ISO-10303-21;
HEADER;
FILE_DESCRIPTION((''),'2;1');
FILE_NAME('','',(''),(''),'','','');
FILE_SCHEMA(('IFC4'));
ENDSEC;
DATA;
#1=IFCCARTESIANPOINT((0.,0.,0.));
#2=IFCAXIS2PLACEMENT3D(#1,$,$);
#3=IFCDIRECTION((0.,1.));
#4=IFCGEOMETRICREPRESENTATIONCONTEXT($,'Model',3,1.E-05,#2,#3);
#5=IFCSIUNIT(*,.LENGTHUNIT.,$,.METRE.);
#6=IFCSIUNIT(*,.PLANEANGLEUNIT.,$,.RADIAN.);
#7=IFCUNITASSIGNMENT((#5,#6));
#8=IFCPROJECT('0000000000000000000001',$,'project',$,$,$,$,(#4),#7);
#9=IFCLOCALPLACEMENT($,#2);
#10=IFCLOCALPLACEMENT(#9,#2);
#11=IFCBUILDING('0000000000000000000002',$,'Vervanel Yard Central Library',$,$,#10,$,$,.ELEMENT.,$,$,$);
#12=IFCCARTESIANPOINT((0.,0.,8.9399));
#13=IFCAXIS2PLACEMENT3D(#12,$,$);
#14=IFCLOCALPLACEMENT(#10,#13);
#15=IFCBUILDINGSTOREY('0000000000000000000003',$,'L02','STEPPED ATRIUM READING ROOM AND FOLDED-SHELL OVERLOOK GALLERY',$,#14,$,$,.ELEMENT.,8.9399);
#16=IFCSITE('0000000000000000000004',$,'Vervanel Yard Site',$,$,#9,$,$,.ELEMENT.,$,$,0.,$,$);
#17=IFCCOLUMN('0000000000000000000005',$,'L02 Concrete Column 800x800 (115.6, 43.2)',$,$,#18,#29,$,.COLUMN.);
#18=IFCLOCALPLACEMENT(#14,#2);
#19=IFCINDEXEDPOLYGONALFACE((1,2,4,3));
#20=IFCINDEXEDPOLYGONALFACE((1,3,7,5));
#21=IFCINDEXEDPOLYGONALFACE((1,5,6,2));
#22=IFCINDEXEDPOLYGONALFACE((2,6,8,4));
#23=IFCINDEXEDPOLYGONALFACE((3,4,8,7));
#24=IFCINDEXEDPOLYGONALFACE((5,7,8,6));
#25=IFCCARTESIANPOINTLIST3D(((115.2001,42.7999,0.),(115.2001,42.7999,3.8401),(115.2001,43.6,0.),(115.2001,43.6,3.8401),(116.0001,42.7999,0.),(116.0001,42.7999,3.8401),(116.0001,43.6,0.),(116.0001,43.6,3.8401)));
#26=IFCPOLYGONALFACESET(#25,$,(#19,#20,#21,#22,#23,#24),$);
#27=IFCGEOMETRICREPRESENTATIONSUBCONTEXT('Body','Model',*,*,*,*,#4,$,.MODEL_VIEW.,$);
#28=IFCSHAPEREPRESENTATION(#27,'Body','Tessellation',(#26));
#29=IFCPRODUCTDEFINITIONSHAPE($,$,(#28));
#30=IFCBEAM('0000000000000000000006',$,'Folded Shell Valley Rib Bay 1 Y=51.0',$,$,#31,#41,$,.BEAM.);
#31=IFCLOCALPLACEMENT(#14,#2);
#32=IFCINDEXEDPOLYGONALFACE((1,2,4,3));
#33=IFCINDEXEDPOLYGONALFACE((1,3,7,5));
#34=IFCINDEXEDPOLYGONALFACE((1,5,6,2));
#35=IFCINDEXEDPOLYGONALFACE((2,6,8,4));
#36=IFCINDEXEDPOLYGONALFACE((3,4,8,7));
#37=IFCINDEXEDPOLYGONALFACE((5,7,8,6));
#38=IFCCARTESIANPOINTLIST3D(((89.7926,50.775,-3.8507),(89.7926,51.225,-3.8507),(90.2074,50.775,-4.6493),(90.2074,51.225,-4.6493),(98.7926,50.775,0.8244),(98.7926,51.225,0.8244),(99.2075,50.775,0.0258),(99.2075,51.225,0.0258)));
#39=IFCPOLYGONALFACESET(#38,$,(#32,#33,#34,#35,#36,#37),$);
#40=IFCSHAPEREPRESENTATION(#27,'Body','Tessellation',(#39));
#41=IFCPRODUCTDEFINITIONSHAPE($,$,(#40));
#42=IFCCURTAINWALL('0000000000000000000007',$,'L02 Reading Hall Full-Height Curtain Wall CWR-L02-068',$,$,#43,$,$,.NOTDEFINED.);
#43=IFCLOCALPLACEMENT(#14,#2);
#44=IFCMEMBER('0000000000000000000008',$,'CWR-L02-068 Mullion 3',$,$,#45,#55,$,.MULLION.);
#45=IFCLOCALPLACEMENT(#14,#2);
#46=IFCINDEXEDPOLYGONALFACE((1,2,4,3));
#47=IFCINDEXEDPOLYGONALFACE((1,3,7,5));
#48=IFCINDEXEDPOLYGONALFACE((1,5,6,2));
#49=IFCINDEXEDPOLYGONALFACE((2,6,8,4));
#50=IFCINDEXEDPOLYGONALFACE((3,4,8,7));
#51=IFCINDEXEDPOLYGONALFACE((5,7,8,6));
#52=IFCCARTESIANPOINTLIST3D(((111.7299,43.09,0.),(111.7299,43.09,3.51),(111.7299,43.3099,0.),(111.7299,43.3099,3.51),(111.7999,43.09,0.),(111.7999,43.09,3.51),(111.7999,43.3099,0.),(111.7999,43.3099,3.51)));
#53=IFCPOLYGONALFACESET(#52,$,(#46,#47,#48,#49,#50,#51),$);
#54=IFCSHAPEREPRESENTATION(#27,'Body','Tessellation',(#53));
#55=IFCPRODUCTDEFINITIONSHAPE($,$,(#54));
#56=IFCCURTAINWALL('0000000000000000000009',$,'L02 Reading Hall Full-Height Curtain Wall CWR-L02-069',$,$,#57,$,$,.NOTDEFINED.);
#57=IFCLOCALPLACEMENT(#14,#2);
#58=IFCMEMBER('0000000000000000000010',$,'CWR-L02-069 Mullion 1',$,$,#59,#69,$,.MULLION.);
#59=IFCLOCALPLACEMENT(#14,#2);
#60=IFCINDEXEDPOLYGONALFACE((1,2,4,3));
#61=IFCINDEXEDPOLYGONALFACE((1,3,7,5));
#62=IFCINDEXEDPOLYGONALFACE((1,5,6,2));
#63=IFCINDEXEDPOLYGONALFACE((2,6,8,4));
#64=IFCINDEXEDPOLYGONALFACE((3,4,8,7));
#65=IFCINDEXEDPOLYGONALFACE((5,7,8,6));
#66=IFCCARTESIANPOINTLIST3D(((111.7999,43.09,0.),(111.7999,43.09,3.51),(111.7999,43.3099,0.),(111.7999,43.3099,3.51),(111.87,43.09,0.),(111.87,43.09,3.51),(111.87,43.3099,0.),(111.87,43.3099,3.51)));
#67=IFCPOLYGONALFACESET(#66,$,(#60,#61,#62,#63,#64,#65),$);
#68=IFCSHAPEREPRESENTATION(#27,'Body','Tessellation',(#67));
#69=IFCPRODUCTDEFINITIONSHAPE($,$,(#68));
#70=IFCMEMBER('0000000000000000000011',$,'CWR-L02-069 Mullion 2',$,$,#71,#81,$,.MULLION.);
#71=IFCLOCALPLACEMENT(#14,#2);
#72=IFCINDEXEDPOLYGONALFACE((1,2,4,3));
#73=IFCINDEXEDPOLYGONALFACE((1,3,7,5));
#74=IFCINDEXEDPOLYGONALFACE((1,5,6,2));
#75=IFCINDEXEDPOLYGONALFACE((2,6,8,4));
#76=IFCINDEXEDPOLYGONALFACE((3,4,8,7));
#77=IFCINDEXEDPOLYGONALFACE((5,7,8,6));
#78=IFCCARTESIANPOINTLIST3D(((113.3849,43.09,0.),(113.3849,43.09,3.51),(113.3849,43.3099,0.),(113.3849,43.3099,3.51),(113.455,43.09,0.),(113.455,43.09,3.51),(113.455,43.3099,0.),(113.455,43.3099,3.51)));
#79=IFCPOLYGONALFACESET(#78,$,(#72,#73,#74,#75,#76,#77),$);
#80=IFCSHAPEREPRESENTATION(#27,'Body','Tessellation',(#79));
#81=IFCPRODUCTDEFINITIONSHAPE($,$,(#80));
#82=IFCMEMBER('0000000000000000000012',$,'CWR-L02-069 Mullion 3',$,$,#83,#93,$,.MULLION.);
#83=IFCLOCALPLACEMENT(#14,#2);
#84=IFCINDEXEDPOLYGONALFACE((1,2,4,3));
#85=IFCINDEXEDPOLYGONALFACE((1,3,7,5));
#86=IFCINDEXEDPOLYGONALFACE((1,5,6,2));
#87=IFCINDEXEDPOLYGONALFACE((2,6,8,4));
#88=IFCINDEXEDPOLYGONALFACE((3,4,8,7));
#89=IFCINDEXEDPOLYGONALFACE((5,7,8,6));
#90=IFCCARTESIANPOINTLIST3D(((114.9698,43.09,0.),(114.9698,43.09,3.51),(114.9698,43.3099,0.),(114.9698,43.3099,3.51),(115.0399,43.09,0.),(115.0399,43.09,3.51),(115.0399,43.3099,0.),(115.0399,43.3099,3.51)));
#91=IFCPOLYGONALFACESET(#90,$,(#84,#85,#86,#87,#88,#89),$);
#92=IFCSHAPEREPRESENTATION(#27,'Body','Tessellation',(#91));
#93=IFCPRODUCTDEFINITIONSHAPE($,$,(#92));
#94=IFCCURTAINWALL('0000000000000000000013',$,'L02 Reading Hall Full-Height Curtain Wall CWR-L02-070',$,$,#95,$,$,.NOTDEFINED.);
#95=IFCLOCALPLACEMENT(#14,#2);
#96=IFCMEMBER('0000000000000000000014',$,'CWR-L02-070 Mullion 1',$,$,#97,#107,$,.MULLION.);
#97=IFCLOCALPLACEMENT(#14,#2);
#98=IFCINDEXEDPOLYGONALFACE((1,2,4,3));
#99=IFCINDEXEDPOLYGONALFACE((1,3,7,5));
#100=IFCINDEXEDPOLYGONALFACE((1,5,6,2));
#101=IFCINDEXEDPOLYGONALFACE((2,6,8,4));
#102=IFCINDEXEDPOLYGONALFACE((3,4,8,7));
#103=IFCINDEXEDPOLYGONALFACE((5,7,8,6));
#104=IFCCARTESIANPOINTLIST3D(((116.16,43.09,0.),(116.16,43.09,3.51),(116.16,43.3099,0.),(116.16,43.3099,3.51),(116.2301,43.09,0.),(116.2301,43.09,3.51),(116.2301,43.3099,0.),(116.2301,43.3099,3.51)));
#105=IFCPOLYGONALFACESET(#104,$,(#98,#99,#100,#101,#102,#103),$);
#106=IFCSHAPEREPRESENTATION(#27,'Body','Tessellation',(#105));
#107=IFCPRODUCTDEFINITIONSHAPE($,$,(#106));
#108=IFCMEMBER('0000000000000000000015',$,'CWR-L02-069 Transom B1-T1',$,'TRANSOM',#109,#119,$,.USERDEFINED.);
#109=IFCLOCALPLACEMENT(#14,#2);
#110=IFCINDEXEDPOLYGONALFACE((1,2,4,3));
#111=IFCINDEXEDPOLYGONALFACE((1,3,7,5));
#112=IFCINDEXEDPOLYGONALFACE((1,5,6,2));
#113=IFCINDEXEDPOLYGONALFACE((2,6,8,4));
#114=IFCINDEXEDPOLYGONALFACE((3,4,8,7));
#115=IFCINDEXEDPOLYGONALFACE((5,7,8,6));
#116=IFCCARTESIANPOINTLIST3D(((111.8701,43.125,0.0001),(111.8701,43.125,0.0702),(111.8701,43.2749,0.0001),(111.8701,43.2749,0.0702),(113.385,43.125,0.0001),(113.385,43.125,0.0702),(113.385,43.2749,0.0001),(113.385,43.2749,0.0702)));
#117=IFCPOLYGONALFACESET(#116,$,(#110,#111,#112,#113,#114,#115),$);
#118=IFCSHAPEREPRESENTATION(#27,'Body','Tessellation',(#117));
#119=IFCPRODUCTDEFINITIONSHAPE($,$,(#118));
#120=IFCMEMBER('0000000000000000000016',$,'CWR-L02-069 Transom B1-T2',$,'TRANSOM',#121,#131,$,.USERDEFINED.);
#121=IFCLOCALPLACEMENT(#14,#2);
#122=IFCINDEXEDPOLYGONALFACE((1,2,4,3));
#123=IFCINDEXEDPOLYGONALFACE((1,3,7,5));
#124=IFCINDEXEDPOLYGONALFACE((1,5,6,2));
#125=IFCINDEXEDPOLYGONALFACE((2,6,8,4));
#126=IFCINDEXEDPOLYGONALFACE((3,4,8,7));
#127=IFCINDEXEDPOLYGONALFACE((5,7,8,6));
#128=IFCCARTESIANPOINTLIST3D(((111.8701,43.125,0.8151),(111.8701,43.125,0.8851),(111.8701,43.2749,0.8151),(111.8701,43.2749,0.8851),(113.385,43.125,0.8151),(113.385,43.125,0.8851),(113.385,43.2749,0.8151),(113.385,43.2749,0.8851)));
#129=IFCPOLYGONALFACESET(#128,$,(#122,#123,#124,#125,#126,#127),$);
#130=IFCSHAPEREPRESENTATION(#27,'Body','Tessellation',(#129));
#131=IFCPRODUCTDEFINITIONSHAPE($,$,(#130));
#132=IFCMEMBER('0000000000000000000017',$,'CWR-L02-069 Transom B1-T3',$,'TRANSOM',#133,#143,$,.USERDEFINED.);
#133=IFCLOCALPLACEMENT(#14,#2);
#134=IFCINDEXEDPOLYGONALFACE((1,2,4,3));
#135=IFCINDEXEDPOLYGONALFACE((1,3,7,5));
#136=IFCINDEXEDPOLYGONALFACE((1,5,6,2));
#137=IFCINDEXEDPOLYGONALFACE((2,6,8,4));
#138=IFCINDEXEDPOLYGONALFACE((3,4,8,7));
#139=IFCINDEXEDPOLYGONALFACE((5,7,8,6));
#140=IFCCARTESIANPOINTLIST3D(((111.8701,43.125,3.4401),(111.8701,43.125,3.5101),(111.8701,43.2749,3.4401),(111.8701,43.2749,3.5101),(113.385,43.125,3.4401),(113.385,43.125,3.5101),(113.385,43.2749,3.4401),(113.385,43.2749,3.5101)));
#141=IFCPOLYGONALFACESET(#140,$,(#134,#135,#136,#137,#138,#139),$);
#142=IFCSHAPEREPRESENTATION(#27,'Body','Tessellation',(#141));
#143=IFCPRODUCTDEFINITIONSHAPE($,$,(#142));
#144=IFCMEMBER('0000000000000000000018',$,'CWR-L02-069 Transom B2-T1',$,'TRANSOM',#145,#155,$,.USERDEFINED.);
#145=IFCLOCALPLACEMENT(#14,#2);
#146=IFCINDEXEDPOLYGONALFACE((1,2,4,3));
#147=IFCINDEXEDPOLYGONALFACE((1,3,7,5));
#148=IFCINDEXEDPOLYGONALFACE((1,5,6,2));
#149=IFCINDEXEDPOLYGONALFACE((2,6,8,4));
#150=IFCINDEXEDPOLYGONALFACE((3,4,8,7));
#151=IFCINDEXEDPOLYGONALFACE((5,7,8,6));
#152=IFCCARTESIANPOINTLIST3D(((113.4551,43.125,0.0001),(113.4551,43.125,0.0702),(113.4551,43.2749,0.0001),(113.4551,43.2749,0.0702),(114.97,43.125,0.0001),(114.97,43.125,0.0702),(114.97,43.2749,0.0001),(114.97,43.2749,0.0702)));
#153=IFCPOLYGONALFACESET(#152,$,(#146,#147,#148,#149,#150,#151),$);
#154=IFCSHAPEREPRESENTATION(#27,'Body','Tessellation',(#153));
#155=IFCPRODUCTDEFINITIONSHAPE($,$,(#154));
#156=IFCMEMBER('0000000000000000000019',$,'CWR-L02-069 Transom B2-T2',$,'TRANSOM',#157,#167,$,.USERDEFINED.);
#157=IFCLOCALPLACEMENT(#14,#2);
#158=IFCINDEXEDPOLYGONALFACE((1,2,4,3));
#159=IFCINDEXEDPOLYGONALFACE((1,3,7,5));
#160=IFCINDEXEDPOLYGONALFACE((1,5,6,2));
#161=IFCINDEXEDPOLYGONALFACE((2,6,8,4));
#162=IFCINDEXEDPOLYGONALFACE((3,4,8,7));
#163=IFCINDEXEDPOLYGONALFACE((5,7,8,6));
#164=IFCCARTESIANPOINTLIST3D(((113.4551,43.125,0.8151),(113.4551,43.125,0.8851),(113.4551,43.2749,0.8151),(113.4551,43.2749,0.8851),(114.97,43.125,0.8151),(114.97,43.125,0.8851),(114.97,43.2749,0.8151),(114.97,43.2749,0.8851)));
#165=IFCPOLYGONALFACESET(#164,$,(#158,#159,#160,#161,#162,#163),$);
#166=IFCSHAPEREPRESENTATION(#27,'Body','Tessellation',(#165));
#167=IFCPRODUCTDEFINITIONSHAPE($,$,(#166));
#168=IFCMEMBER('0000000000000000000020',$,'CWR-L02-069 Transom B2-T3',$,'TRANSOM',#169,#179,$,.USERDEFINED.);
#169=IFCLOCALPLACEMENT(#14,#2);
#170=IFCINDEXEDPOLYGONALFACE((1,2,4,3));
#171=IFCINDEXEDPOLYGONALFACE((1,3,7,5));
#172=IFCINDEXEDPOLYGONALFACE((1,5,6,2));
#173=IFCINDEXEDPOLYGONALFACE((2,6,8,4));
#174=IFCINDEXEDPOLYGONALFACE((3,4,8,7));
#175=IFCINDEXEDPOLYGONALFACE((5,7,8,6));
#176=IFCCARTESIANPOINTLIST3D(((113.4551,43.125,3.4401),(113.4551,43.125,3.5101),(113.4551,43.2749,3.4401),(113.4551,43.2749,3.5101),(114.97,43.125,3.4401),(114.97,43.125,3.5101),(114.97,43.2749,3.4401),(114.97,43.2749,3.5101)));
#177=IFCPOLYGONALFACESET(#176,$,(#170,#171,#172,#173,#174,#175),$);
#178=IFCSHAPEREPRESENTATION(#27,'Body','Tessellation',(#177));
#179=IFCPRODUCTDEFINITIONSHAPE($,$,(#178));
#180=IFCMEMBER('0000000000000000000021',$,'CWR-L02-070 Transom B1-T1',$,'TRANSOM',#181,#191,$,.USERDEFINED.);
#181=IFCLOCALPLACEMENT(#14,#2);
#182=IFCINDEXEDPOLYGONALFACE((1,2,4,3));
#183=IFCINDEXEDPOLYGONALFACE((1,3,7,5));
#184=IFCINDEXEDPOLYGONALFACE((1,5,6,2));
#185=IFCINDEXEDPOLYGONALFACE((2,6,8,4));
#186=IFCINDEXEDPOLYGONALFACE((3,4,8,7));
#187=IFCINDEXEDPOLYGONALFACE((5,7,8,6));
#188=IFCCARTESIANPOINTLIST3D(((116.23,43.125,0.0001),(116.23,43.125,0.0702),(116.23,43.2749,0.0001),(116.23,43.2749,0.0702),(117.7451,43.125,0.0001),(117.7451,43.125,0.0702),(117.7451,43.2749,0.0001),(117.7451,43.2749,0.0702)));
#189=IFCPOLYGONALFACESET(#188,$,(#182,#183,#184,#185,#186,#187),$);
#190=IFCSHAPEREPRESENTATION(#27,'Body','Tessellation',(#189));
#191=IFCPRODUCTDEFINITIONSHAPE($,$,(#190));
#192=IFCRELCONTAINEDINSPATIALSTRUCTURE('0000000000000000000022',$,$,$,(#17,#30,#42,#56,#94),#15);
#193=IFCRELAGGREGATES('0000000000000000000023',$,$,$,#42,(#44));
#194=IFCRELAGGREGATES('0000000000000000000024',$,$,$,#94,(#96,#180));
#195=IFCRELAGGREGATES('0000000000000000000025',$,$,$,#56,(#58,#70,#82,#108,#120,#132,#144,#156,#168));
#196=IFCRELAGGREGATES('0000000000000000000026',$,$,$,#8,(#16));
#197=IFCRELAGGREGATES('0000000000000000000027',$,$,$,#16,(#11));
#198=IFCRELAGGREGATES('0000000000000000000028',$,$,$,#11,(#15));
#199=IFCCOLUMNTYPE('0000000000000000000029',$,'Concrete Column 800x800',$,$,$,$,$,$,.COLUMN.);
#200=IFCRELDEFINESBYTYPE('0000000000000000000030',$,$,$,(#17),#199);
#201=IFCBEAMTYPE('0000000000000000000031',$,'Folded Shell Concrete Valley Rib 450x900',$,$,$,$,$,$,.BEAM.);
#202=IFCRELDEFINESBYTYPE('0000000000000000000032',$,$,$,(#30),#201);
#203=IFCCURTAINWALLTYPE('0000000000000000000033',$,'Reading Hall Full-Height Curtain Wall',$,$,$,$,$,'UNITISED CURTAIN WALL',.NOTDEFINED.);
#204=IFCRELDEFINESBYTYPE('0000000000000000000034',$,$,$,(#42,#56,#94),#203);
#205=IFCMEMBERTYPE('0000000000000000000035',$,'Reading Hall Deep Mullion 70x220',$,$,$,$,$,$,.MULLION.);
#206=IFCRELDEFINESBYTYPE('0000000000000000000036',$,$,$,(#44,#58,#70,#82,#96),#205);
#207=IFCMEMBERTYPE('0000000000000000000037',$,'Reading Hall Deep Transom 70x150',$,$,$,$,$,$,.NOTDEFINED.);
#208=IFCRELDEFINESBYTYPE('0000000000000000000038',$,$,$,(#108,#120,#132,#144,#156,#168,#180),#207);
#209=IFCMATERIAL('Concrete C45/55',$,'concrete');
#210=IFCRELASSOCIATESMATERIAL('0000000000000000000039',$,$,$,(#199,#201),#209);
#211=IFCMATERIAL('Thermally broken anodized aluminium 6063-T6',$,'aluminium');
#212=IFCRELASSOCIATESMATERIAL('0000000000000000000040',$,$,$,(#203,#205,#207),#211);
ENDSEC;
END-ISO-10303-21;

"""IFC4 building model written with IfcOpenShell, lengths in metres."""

from ifc_helpers import new_model, si_unit, direction, frame, origin, origin_2d, place, context, subcontext, project, spatial, rectangle, extrude, material, material_profile, profile_set, type_object, element, aggregate, save


model = new_model("IFC4")

# Units and contexts
model_context = context("Model", 3, precision=1e-05, world=origin(), true_north=direction((0.0, 1.0)))
body_context = subcontext(model_context, "Body", "Model", "MODEL_VIEW")
ifc_project = project(units=[si_unit("LENGTHUNIT", "METRE"), si_unit("PLANEANGLEUNIT", "RADIAN")], contexts=[model_context])

# Site, building, storey
site_placement = place(None, origin())
site = spatial("IfcSite", under=ifc_project, at=site_placement, Name="Vervanel Yard Site", CompositionType="ELEMENT", RefElevation=0.0)
building_placement = place(site_placement, origin())
building = spatial("IfcBuilding", under=site, at=building_placement, Name="Vervanel Yard Central Library", CompositionType="ELEMENT")
storey_placement = place(building_placement, frame((0.0, 0.0, 8.9399)))
storey = spatial("IfcBuildingStorey", under=building, at=storey_placement, Name="L02", Description="STEPPED ATRIUM READING ROOM AND FOLDED-SHELL OVERLOOK GALLERY", CompositionType="ELEMENT", Elevation=8.9399)

# Column
ifc_material_1 = material(Name="Concrete C45/55", Category="concrete")
ifc_material_profile_1 = material_profile(ifc_material_1, rectangle(XDim=0.8, YDim=0.8, at=origin_2d()), Name="RC 800x800", Category="concrete")
ifc_profile_set_1 = profile_set([ifc_material_profile_1], Name="Concrete C45/55")
column_type = type_object("IfcColumnType", Name="Concrete Column 800x800", PredefinedType="COLUMN", material=ifc_profile_set_1)
column_placement = place(storey_placement, frame((115.6001, 43.2, 0.0), z_axis=(0.0, 0.0, 1.0), x_axis=(1.0, 0.0, 0.0)))
element("IfcColumn", 1, at=column_placement, inside=storey, type_object=column_type, Name="L02 Concrete Column 800x800 (115.6, 43.2)", PredefinedType="COLUMN", context=body_context, shape_type="SweptSolid", body=[
    extrude(rectangle(XDim=0.8, YDim=0.8, at=origin_2d()), origin(), (0.0, 0.0, 1.0), 3.8401),
])

# Beam
ifc_material_profile_2 = material_profile(ifc_material_1, rectangle(XDim=0.45, YDim=0.8999, at=origin_2d()), Name="RC 450x900", Category="concrete")
ifc_profile_set_2 = profile_set([ifc_material_profile_2], Name="Concrete C45/55")
beam_type_1 = type_object("IfcBeamType", Name="Folded Shell Concrete Valley Rib 450x900", PredefinedType="BEAM", material=ifc_profile_set_2)
beam_1_placement = place(storey_placement, frame((90.0, 51.0, -4.25), z_axis=(0.887417, 0.0, 0.460968), x_axis=(0.0, 1.0, 0.0)))
element("IfcBeam", 2, at=beam_1_placement, inside=storey, type_object=beam_type_1, Name="Folded Shell Valley Rib Bay 1 Y=51.0", PredefinedType="BEAM", context=body_context, shape_type="SweptSolid", body=[
    extrude(rectangle(XDim=0.45, YDim=0.8999, at=origin_2d()), origin(), (0.0, 0.0, 1.0), 10.1418),
])

# Curtain wall, member
ifc_material_2 = material(Name="Thermally broken anodized aluminium 6063-T6", Category="aluminium")
curtain_wall_type = type_object("IfcCurtainWallType", Name="Reading Hall Full-Height Curtain Wall", ElementType="UNITISED CURTAIN WALL", PredefinedType="NOTDEFINED", material=ifc_material_2)
curtain_wall_1_placement = place(storey_placement, origin())
curtain_wall_1 = element("IfcCurtainWall", 3, at=curtain_wall_1_placement, inside=storey, type_object=curtain_wall_type, Name="L02 Reading Hall Full-Height Curtain Wall CWR-L02-068", PredefinedType="NOTDEFINED")
ifc_material_profile_3 = material_profile(ifc_material_2, rectangle(XDim=0.0701, YDim=0.22, at=origin_2d()), Name="ALU 70x220", Category="aluminium")
ifc_profile_set_3 = profile_set([ifc_material_profile_3], Name="Thermally broken anodized aluminium 6063-T6")
member_type_1 = type_object("IfcMemberType", Name="Reading Hall Deep Mullion 70x220", PredefinedType="MULLION", material=ifc_profile_set_3)
member_1_placement = place(storey_placement, frame((111.7649, 43.2, 0.0), z_axis=(0.0, 0.0, 1.0), x_axis=(1.0, 0.0, 0.0)))
member_1 = element("IfcMember", 4, at=member_1_placement, type_object=member_type_1, Name="CWR-L02-068 Mullion 3", PredefinedType="MULLION", context=body_context, shape_type="SweptSolid", body=[
    extrude(rectangle(XDim=0.0701, YDim=0.22, at=origin_2d()), origin(), (0.0, 0.0, 1.0), 3.51),
])
aggregate(curtain_wall_1, [member_1])

# Curtain wall, members
curtain_wall_2_placement = place(storey_placement, origin())
curtain_wall_2 = element("IfcCurtainWall", 5, at=curtain_wall_2_placement, inside=storey, type_object=curtain_wall_type, Name="L02 Reading Hall Full-Height Curtain Wall CWR-L02-069", PredefinedType="NOTDEFINED")
member_2_placement = place(storey_placement, frame((111.835, 43.2, 0.0), z_axis=(0.0, 0.0, 1.0), x_axis=(1.0, 0.0, 0.0)))
member_2 = element("IfcMember", 6, at=member_2_placement, type_object=member_type_1, Name="CWR-L02-069 Mullion 1", PredefinedType="MULLION", context=body_context, shape_type="SweptSolid", body=[
    extrude(rectangle(XDim=0.0701, YDim=0.22, at=origin_2d()), origin(), (0.0, 0.0, 1.0), 3.51),
])
member_3_placement = place(storey_placement, frame((113.4199, 43.2, 0.0), z_axis=(0.0, 0.0, 1.0), x_axis=(1.0, 0.0, 0.0)))
member_3 = element("IfcMember", 7, at=member_3_placement, type_object=member_type_1, Name="CWR-L02-069 Mullion 2", PredefinedType="MULLION", context=body_context, shape_type="SweptSolid", body=[
    extrude(rectangle(XDim=0.0701, YDim=0.22, at=origin_2d()), origin(), (0.0, 0.0, 1.0), 3.51),
])
member_4_placement = place(storey_placement, frame((115.0049, 43.2, 0.0), z_axis=(0.0, 0.0, 1.0), x_axis=(1.0, 0.0, 0.0)))
member_4 = element("IfcMember", 8, at=member_4_placement, type_object=member_type_1, Name="CWR-L02-069 Mullion 3", PredefinedType="MULLION", context=body_context, shape_type="SweptSolid", body=[
    extrude(rectangle(XDim=0.0701, YDim=0.22, at=origin_2d()), origin(), (0.0, 0.0, 1.0), 3.51),
])

# Curtain wall, member
curtain_wall_3_placement = place(storey_placement, origin())
curtain_wall_3 = element("IfcCurtainWall", 9, at=curtain_wall_3_placement, inside=storey, type_object=curtain_wall_type, Name="L02 Reading Hall Full-Height Curtain Wall CWR-L02-070", PredefinedType="NOTDEFINED")
member_5_placement = place(storey_placement, frame((116.1951, 43.2, 0.0), z_axis=(0.0, 0.0, 1.0), x_axis=(1.0, 0.0, 0.0)))
member_5 = element("IfcMember", 10, at=member_5_placement, type_object=member_type_1, Name="CWR-L02-070 Mullion 1", PredefinedType="MULLION", context=body_context, shape_type="SweptSolid", body=[
    extrude(rectangle(XDim=0.0701, YDim=0.22, at=origin_2d()), origin(), (0.0, 0.0, 1.0), 3.51),
])

# Members
ifc_material_profile_4 = material_profile(ifc_material_2, rectangle(XDim=0.0701, YDim=0.1499, at=origin_2d()), Name="ALU 70x150", Category="aluminium")
ifc_profile_set_4 = profile_set([ifc_material_profile_4], Name="Thermally broken anodized aluminium 6063-T6")
member_type_2 = type_object("IfcMemberType", Name="Reading Hall Deep Transom 70x150", PredefinedType="NOTDEFINED", material=ifc_profile_set_4)
member_6_placement = place(storey_placement, frame((111.8701, 43.2, 0.0352), z_axis=(1.0, 0.0, 0.0), x_axis=(0.0, 0.0, 1.0)))
member_6 = element("IfcMember", 11, at=member_6_placement, type_object=member_type_2, Name="CWR-L02-069 Transom B1-T1", ObjectType="TRANSOM", PredefinedType="USERDEFINED", context=body_context, shape_type="SweptSolid", body=[
    extrude(rectangle(XDim=0.0701, YDim=0.1499, at=origin_2d()), origin(), (0.0, 0.0, 1.0), 1.5149),
])
member_7_placement = place(storey_placement, frame((111.8701, 43.2, 0.8501), z_axis=(1.0, 0.0, 0.0), x_axis=(0.0, 0.0, 1.0)))
member_7 = element("IfcMember", 12, at=member_7_placement, type_object=member_type_2, Name="CWR-L02-069 Transom B1-T2", ObjectType="TRANSOM", PredefinedType="USERDEFINED", context=body_context, shape_type="SweptSolid", body=[
    extrude(rectangle(XDim=0.0701, YDim=0.1499, at=origin_2d()), origin(), (0.0, 0.0, 1.0), 1.5149),
])
member_8_placement = place(storey_placement, frame((111.8701, 43.2, 3.4751), z_axis=(1.0, 0.0, 0.0), x_axis=(0.0, 0.0, 1.0)))
member_8 = element("IfcMember", 13, at=member_8_placement, type_object=member_type_2, Name="CWR-L02-069 Transom B1-T3", ObjectType="TRANSOM", PredefinedType="USERDEFINED", context=body_context, shape_type="SweptSolid", body=[
    extrude(rectangle(XDim=0.0701, YDim=0.1499, at=origin_2d()), origin(), (0.0, 0.0, 1.0), 1.5149),
])
member_9_placement = place(storey_placement, frame((113.4551, 43.2, 0.0352), z_axis=(1.0, 0.0, 0.0), x_axis=(0.0, 0.0, 1.0)))
member_9 = element("IfcMember", 14, at=member_9_placement, type_object=member_type_2, Name="CWR-L02-069 Transom B2-T1", ObjectType="TRANSOM", PredefinedType="USERDEFINED", context=body_context, shape_type="SweptSolid", body=[
    extrude(rectangle(XDim=0.0701, YDim=0.1499, at=origin_2d()), origin(), (0.0, 0.0, 1.0), 1.5149),
])
member_10_placement = place(storey_placement, frame((113.4551, 43.2, 0.8501), z_axis=(1.0, 0.0, 0.0), x_axis=(0.0, 0.0, 1.0)))
member_10 = element("IfcMember", 15, at=member_10_placement, type_object=member_type_2, Name="CWR-L02-069 Transom B2-T2", ObjectType="TRANSOM", PredefinedType="USERDEFINED", context=body_context, shape_type="SweptSolid", body=[
    extrude(rectangle(XDim=0.0701, YDim=0.1499, at=origin_2d()), origin(), (0.0, 0.0, 1.0), 1.5149),
])
member_11_placement = place(storey_placement, frame((113.4551, 43.2, 3.4751), z_axis=(1.0, 0.0, 0.0), x_axis=(0.0, 0.0, 1.0)))
member_11 = element("IfcMember", 16, at=member_11_placement, type_object=member_type_2, Name="CWR-L02-069 Transom B2-T3", ObjectType="TRANSOM", PredefinedType="USERDEFINED", context=body_context, shape_type="SweptSolid", body=[
    extrude(rectangle(XDim=0.0701, YDim=0.1499, at=origin_2d()), origin(), (0.0, 0.0, 1.0), 1.5149),
])
member_12_placement = place(storey_placement, frame((116.23, 43.2, 0.0352), z_axis=(1.0, 0.0, 0.0), x_axis=(0.0, 0.0, 1.0)))
member_12 = element("IfcMember", 17, at=member_12_placement, type_object=member_type_2, Name="CWR-L02-070 Transom B1-T1", ObjectType="TRANSOM", PredefinedType="USERDEFINED", context=body_context, shape_type="SweptSolid", body=[
    extrude(rectangle(XDim=0.0701, YDim=0.1499, at=origin_2d()), origin(), (0.0, 0.0, 1.0), 1.5151),
])
aggregate(curtain_wall_3, [member_5, member_12])

aggregate(curtain_wall_2, [member_2, member_3, member_4, member_6, member_7, member_8, member_9, member_10, member_11])

save(model, "model.ifc")
